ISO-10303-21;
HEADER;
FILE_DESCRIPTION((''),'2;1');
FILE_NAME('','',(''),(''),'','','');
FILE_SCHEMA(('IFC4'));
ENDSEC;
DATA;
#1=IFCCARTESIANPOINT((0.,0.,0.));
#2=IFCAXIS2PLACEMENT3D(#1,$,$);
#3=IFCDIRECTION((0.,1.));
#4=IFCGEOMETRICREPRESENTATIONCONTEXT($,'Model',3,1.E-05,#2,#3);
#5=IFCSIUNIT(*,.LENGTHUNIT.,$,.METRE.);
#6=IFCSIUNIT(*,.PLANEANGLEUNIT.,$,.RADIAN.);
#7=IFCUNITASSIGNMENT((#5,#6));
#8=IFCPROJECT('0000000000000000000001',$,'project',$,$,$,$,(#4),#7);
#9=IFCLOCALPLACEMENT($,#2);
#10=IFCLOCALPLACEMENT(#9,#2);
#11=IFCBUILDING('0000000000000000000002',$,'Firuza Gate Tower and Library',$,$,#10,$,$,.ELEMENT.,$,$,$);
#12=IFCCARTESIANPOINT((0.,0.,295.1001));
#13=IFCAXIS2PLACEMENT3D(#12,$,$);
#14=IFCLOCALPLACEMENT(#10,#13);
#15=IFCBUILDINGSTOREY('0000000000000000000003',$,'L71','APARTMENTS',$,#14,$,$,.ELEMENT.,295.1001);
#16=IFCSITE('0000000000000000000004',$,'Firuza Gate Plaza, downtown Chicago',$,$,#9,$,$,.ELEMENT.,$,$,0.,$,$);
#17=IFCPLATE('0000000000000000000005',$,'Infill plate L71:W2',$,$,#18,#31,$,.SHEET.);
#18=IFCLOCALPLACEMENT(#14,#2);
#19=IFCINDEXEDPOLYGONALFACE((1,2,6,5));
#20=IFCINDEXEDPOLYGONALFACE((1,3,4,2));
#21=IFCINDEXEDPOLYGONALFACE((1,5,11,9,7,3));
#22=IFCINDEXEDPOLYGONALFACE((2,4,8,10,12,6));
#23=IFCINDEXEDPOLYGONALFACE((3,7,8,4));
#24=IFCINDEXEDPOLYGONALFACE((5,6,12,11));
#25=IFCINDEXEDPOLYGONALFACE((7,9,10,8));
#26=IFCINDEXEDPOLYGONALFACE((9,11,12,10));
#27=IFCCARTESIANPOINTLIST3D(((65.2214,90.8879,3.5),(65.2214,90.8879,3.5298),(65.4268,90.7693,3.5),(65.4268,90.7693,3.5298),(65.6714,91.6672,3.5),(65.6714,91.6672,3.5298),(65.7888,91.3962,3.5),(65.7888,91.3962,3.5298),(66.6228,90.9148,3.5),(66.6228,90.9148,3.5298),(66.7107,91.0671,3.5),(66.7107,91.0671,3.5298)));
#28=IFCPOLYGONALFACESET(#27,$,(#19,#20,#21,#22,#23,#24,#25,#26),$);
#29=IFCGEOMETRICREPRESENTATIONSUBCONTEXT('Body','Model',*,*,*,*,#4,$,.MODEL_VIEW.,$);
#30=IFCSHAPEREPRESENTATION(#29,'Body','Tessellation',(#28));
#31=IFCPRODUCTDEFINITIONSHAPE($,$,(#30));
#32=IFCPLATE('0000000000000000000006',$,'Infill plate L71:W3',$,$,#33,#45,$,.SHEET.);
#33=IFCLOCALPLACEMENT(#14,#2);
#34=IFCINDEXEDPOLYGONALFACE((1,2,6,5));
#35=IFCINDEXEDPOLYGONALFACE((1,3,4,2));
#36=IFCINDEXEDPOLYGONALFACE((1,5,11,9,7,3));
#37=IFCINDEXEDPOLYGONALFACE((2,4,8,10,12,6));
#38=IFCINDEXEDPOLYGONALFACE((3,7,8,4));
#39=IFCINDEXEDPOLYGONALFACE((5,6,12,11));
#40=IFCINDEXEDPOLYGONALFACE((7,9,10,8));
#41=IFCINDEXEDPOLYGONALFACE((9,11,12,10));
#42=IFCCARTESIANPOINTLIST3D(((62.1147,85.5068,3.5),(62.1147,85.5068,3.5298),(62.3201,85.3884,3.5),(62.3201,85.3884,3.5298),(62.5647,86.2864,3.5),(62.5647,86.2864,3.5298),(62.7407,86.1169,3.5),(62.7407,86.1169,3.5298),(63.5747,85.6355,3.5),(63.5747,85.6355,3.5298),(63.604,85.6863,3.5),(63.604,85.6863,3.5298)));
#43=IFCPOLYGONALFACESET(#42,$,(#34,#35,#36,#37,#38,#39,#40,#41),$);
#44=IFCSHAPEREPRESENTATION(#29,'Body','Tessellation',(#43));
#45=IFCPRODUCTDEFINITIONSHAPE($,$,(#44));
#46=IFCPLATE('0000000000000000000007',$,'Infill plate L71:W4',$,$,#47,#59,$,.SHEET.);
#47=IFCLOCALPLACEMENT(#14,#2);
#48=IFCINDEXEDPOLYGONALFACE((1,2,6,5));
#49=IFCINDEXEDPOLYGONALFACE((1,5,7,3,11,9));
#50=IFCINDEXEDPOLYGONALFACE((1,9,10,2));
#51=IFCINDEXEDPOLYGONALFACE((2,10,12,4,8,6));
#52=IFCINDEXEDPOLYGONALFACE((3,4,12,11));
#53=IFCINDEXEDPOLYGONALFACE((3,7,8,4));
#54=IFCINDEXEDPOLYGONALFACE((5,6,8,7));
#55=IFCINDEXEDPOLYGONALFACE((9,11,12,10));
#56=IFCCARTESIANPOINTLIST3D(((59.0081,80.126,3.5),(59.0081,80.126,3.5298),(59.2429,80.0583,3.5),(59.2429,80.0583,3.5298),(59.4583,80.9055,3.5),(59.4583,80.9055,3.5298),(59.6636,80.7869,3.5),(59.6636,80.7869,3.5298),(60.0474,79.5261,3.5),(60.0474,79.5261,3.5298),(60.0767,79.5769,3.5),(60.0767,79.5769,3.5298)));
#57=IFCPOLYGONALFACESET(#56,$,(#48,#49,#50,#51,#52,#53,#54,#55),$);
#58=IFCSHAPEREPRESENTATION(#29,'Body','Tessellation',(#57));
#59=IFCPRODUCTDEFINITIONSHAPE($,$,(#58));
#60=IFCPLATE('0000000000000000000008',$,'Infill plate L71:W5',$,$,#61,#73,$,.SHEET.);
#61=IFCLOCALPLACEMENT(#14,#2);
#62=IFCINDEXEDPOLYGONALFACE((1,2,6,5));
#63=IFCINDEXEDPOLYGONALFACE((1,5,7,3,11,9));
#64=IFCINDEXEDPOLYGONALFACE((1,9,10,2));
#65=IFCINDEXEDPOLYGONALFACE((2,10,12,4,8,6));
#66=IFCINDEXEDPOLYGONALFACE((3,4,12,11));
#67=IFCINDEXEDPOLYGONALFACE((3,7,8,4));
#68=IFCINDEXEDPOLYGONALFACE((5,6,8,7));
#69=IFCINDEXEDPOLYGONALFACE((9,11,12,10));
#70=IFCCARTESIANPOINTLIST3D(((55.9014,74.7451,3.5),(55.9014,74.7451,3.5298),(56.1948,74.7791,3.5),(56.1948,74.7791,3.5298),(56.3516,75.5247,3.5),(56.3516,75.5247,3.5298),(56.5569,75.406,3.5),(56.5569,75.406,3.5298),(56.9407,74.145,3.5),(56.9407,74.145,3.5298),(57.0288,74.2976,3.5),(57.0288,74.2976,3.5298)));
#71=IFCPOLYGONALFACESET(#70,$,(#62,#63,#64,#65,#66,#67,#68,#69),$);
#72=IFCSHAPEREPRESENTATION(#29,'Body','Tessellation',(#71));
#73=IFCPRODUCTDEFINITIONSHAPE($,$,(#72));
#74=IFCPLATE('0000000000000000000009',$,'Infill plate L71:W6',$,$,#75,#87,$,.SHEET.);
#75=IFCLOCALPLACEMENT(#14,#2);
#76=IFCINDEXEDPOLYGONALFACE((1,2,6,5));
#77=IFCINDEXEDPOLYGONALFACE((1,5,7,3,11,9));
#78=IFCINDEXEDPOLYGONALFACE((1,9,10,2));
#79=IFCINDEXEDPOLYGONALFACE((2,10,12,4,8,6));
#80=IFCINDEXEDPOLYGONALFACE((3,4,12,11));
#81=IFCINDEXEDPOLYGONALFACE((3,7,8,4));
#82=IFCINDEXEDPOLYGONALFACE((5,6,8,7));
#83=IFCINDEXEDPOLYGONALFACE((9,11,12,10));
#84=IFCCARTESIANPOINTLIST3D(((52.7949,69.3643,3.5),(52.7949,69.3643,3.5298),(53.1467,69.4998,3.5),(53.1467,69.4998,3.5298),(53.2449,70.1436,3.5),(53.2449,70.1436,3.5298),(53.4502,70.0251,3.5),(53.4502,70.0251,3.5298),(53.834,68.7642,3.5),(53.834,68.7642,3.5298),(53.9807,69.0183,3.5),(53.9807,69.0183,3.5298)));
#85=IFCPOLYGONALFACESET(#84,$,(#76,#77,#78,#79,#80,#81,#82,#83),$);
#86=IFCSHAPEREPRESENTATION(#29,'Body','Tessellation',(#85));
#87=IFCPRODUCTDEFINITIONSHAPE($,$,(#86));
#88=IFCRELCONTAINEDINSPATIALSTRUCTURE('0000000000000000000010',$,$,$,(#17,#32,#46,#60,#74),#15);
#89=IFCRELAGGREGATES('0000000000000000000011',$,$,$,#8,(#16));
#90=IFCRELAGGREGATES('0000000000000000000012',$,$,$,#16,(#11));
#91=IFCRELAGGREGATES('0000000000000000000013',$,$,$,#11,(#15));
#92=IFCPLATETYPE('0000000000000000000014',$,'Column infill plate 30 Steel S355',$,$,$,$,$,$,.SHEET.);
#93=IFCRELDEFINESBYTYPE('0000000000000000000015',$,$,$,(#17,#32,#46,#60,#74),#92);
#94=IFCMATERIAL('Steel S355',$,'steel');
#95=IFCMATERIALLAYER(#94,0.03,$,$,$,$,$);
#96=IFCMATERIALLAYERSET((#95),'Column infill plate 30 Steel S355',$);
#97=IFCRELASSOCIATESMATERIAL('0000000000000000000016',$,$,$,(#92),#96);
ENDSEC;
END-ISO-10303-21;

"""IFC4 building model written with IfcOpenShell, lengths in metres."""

from ifc_helpers import new_model, si_unit, direction, frame, origin, place, context, subcontext, project, spatial, polyline, outline, extrude, material, layer, layer_set, type_object, element, save


model = new_model("IFC4")

# Units and contexts
model_context = context("Model", 3, precision=1e-05, world=origin(), true_north=direction((0.0, 1.0)))
body_context = subcontext(model_context, "Body", "Model", "MODEL_VIEW")
ifc_project = project(units=[si_unit("LENGTHUNIT", "METRE"), si_unit("PLANEANGLEUNIT", "RADIAN")], contexts=[model_context])

# Site, building, storey
site_placement = place(None, origin())
site = spatial("IfcSite", under=ifc_project, at=site_placement, Name="Firuza Gate Plaza, downtown Chicago", CompositionType="ELEMENT", RefElevation=0.0)
building_placement = place(site_placement, origin())
building = spatial("IfcBuilding", under=site, at=building_placement, Name="Firuza Gate Tower and Library", CompositionType="ELEMENT")
storey_placement = place(building_placement, frame((0.0, 0.0, 295.1001)))
storey = spatial("IfcBuildingStorey", under=building, at=storey_placement, Name="L71", Description="APARTMENTS", CompositionType="ELEMENT", Elevation=295.1001)

# Plates
ifc_material_1 = material(Name="Steel S355", Category="steel")
ifc_layer_1 = layer(ifc_material_1, 0.03)
ifc_layer_set_1 = layer_set([ifc_layer_1], Name="Column infill plate 30 Steel S355")
plate_type = type_object("IfcPlateType", Name="Column infill plate 30 Steel S355", PredefinedType="SHEET", material=ifc_layer_set_1)
placement_1 = place(storey_placement, frame((0.0, 0.0, 3.5)))
element("IfcPlate", 1, at=placement_1, inside=storey, type_object=plate_type, Name="Infill plate L71:W2", PredefinedType="SHEET", context=body_context, shape_type="SweptSolid", body=[
    extrude(outline(polyline([(65.2214, 90.8879), (65.4268, 90.7693), (65.7888, 91.3962), (66.6228, 90.9148), (66.7107, 91.0671), (65.6714, 91.6672), (65.2214, 90.8879)])), origin(), (0.0, 0.0, 1.0), 0.0298),
])
element("IfcPlate", 2, at=placement_1, inside=storey, type_object=plate_type, Name="Infill plate L71:W3", PredefinedType="SHEET", context=body_context, shape_type="SweptSolid", body=[
    extrude(outline(polyline([(62.1147, 85.5068), (62.3201, 85.3884), (62.7407, 86.1169), (63.5747, 85.6355), (63.604, 85.6863), (62.5647, 86.2864), (62.1147, 85.5068)])), origin(), (0.0, 0.0, 1.0), 0.0298),
])
element("IfcPlate", 3, at=placement_1, inside=storey, type_object=plate_type, Name="Infill plate L71:W4", PredefinedType="SHEET", context=body_context, shape_type="SweptSolid", body=[
    extrude(outline(polyline([(60.0474, 79.5261), (60.0767, 79.5769), (59.2429, 80.0583), (59.6636, 80.7869), (59.4583, 80.9055), (59.0081, 80.126), (60.0474, 79.5261)])), origin(), (0.0, 0.0, 1.0), 0.0298),
])
element("IfcPlate", 4, at=placement_1, inside=storey, type_object=plate_type, Name="Infill plate L71:W5", PredefinedType="SHEET", context=body_context, shape_type="SweptSolid", body=[
    extrude(outline(polyline([(56.9407, 74.145), (57.0288, 74.2976), (56.1948, 74.7791), (56.5569, 75.406), (56.3516, 75.5247), (55.9014, 74.7451), (56.9407, 74.145)])), origin(), (0.0, 0.0, 1.0), 0.0298),
])
element("IfcPlate", 5, at=placement_1, inside=storey, type_object=plate_type, Name="Infill plate L71:W6", PredefinedType="SHEET", context=body_context, shape_type="SweptSolid", body=[
    extrude(outline(polyline([(53.834, 68.7642), (53.9807, 69.0183), (53.1467, 69.4998), (53.4502, 70.0251), (53.2449, 70.1436), (52.7949, 69.3643), (53.834, 68.7642)])), origin(), (0.0, 0.0, 1.0), 0.0298),
])

save(model, "model.ifc")
